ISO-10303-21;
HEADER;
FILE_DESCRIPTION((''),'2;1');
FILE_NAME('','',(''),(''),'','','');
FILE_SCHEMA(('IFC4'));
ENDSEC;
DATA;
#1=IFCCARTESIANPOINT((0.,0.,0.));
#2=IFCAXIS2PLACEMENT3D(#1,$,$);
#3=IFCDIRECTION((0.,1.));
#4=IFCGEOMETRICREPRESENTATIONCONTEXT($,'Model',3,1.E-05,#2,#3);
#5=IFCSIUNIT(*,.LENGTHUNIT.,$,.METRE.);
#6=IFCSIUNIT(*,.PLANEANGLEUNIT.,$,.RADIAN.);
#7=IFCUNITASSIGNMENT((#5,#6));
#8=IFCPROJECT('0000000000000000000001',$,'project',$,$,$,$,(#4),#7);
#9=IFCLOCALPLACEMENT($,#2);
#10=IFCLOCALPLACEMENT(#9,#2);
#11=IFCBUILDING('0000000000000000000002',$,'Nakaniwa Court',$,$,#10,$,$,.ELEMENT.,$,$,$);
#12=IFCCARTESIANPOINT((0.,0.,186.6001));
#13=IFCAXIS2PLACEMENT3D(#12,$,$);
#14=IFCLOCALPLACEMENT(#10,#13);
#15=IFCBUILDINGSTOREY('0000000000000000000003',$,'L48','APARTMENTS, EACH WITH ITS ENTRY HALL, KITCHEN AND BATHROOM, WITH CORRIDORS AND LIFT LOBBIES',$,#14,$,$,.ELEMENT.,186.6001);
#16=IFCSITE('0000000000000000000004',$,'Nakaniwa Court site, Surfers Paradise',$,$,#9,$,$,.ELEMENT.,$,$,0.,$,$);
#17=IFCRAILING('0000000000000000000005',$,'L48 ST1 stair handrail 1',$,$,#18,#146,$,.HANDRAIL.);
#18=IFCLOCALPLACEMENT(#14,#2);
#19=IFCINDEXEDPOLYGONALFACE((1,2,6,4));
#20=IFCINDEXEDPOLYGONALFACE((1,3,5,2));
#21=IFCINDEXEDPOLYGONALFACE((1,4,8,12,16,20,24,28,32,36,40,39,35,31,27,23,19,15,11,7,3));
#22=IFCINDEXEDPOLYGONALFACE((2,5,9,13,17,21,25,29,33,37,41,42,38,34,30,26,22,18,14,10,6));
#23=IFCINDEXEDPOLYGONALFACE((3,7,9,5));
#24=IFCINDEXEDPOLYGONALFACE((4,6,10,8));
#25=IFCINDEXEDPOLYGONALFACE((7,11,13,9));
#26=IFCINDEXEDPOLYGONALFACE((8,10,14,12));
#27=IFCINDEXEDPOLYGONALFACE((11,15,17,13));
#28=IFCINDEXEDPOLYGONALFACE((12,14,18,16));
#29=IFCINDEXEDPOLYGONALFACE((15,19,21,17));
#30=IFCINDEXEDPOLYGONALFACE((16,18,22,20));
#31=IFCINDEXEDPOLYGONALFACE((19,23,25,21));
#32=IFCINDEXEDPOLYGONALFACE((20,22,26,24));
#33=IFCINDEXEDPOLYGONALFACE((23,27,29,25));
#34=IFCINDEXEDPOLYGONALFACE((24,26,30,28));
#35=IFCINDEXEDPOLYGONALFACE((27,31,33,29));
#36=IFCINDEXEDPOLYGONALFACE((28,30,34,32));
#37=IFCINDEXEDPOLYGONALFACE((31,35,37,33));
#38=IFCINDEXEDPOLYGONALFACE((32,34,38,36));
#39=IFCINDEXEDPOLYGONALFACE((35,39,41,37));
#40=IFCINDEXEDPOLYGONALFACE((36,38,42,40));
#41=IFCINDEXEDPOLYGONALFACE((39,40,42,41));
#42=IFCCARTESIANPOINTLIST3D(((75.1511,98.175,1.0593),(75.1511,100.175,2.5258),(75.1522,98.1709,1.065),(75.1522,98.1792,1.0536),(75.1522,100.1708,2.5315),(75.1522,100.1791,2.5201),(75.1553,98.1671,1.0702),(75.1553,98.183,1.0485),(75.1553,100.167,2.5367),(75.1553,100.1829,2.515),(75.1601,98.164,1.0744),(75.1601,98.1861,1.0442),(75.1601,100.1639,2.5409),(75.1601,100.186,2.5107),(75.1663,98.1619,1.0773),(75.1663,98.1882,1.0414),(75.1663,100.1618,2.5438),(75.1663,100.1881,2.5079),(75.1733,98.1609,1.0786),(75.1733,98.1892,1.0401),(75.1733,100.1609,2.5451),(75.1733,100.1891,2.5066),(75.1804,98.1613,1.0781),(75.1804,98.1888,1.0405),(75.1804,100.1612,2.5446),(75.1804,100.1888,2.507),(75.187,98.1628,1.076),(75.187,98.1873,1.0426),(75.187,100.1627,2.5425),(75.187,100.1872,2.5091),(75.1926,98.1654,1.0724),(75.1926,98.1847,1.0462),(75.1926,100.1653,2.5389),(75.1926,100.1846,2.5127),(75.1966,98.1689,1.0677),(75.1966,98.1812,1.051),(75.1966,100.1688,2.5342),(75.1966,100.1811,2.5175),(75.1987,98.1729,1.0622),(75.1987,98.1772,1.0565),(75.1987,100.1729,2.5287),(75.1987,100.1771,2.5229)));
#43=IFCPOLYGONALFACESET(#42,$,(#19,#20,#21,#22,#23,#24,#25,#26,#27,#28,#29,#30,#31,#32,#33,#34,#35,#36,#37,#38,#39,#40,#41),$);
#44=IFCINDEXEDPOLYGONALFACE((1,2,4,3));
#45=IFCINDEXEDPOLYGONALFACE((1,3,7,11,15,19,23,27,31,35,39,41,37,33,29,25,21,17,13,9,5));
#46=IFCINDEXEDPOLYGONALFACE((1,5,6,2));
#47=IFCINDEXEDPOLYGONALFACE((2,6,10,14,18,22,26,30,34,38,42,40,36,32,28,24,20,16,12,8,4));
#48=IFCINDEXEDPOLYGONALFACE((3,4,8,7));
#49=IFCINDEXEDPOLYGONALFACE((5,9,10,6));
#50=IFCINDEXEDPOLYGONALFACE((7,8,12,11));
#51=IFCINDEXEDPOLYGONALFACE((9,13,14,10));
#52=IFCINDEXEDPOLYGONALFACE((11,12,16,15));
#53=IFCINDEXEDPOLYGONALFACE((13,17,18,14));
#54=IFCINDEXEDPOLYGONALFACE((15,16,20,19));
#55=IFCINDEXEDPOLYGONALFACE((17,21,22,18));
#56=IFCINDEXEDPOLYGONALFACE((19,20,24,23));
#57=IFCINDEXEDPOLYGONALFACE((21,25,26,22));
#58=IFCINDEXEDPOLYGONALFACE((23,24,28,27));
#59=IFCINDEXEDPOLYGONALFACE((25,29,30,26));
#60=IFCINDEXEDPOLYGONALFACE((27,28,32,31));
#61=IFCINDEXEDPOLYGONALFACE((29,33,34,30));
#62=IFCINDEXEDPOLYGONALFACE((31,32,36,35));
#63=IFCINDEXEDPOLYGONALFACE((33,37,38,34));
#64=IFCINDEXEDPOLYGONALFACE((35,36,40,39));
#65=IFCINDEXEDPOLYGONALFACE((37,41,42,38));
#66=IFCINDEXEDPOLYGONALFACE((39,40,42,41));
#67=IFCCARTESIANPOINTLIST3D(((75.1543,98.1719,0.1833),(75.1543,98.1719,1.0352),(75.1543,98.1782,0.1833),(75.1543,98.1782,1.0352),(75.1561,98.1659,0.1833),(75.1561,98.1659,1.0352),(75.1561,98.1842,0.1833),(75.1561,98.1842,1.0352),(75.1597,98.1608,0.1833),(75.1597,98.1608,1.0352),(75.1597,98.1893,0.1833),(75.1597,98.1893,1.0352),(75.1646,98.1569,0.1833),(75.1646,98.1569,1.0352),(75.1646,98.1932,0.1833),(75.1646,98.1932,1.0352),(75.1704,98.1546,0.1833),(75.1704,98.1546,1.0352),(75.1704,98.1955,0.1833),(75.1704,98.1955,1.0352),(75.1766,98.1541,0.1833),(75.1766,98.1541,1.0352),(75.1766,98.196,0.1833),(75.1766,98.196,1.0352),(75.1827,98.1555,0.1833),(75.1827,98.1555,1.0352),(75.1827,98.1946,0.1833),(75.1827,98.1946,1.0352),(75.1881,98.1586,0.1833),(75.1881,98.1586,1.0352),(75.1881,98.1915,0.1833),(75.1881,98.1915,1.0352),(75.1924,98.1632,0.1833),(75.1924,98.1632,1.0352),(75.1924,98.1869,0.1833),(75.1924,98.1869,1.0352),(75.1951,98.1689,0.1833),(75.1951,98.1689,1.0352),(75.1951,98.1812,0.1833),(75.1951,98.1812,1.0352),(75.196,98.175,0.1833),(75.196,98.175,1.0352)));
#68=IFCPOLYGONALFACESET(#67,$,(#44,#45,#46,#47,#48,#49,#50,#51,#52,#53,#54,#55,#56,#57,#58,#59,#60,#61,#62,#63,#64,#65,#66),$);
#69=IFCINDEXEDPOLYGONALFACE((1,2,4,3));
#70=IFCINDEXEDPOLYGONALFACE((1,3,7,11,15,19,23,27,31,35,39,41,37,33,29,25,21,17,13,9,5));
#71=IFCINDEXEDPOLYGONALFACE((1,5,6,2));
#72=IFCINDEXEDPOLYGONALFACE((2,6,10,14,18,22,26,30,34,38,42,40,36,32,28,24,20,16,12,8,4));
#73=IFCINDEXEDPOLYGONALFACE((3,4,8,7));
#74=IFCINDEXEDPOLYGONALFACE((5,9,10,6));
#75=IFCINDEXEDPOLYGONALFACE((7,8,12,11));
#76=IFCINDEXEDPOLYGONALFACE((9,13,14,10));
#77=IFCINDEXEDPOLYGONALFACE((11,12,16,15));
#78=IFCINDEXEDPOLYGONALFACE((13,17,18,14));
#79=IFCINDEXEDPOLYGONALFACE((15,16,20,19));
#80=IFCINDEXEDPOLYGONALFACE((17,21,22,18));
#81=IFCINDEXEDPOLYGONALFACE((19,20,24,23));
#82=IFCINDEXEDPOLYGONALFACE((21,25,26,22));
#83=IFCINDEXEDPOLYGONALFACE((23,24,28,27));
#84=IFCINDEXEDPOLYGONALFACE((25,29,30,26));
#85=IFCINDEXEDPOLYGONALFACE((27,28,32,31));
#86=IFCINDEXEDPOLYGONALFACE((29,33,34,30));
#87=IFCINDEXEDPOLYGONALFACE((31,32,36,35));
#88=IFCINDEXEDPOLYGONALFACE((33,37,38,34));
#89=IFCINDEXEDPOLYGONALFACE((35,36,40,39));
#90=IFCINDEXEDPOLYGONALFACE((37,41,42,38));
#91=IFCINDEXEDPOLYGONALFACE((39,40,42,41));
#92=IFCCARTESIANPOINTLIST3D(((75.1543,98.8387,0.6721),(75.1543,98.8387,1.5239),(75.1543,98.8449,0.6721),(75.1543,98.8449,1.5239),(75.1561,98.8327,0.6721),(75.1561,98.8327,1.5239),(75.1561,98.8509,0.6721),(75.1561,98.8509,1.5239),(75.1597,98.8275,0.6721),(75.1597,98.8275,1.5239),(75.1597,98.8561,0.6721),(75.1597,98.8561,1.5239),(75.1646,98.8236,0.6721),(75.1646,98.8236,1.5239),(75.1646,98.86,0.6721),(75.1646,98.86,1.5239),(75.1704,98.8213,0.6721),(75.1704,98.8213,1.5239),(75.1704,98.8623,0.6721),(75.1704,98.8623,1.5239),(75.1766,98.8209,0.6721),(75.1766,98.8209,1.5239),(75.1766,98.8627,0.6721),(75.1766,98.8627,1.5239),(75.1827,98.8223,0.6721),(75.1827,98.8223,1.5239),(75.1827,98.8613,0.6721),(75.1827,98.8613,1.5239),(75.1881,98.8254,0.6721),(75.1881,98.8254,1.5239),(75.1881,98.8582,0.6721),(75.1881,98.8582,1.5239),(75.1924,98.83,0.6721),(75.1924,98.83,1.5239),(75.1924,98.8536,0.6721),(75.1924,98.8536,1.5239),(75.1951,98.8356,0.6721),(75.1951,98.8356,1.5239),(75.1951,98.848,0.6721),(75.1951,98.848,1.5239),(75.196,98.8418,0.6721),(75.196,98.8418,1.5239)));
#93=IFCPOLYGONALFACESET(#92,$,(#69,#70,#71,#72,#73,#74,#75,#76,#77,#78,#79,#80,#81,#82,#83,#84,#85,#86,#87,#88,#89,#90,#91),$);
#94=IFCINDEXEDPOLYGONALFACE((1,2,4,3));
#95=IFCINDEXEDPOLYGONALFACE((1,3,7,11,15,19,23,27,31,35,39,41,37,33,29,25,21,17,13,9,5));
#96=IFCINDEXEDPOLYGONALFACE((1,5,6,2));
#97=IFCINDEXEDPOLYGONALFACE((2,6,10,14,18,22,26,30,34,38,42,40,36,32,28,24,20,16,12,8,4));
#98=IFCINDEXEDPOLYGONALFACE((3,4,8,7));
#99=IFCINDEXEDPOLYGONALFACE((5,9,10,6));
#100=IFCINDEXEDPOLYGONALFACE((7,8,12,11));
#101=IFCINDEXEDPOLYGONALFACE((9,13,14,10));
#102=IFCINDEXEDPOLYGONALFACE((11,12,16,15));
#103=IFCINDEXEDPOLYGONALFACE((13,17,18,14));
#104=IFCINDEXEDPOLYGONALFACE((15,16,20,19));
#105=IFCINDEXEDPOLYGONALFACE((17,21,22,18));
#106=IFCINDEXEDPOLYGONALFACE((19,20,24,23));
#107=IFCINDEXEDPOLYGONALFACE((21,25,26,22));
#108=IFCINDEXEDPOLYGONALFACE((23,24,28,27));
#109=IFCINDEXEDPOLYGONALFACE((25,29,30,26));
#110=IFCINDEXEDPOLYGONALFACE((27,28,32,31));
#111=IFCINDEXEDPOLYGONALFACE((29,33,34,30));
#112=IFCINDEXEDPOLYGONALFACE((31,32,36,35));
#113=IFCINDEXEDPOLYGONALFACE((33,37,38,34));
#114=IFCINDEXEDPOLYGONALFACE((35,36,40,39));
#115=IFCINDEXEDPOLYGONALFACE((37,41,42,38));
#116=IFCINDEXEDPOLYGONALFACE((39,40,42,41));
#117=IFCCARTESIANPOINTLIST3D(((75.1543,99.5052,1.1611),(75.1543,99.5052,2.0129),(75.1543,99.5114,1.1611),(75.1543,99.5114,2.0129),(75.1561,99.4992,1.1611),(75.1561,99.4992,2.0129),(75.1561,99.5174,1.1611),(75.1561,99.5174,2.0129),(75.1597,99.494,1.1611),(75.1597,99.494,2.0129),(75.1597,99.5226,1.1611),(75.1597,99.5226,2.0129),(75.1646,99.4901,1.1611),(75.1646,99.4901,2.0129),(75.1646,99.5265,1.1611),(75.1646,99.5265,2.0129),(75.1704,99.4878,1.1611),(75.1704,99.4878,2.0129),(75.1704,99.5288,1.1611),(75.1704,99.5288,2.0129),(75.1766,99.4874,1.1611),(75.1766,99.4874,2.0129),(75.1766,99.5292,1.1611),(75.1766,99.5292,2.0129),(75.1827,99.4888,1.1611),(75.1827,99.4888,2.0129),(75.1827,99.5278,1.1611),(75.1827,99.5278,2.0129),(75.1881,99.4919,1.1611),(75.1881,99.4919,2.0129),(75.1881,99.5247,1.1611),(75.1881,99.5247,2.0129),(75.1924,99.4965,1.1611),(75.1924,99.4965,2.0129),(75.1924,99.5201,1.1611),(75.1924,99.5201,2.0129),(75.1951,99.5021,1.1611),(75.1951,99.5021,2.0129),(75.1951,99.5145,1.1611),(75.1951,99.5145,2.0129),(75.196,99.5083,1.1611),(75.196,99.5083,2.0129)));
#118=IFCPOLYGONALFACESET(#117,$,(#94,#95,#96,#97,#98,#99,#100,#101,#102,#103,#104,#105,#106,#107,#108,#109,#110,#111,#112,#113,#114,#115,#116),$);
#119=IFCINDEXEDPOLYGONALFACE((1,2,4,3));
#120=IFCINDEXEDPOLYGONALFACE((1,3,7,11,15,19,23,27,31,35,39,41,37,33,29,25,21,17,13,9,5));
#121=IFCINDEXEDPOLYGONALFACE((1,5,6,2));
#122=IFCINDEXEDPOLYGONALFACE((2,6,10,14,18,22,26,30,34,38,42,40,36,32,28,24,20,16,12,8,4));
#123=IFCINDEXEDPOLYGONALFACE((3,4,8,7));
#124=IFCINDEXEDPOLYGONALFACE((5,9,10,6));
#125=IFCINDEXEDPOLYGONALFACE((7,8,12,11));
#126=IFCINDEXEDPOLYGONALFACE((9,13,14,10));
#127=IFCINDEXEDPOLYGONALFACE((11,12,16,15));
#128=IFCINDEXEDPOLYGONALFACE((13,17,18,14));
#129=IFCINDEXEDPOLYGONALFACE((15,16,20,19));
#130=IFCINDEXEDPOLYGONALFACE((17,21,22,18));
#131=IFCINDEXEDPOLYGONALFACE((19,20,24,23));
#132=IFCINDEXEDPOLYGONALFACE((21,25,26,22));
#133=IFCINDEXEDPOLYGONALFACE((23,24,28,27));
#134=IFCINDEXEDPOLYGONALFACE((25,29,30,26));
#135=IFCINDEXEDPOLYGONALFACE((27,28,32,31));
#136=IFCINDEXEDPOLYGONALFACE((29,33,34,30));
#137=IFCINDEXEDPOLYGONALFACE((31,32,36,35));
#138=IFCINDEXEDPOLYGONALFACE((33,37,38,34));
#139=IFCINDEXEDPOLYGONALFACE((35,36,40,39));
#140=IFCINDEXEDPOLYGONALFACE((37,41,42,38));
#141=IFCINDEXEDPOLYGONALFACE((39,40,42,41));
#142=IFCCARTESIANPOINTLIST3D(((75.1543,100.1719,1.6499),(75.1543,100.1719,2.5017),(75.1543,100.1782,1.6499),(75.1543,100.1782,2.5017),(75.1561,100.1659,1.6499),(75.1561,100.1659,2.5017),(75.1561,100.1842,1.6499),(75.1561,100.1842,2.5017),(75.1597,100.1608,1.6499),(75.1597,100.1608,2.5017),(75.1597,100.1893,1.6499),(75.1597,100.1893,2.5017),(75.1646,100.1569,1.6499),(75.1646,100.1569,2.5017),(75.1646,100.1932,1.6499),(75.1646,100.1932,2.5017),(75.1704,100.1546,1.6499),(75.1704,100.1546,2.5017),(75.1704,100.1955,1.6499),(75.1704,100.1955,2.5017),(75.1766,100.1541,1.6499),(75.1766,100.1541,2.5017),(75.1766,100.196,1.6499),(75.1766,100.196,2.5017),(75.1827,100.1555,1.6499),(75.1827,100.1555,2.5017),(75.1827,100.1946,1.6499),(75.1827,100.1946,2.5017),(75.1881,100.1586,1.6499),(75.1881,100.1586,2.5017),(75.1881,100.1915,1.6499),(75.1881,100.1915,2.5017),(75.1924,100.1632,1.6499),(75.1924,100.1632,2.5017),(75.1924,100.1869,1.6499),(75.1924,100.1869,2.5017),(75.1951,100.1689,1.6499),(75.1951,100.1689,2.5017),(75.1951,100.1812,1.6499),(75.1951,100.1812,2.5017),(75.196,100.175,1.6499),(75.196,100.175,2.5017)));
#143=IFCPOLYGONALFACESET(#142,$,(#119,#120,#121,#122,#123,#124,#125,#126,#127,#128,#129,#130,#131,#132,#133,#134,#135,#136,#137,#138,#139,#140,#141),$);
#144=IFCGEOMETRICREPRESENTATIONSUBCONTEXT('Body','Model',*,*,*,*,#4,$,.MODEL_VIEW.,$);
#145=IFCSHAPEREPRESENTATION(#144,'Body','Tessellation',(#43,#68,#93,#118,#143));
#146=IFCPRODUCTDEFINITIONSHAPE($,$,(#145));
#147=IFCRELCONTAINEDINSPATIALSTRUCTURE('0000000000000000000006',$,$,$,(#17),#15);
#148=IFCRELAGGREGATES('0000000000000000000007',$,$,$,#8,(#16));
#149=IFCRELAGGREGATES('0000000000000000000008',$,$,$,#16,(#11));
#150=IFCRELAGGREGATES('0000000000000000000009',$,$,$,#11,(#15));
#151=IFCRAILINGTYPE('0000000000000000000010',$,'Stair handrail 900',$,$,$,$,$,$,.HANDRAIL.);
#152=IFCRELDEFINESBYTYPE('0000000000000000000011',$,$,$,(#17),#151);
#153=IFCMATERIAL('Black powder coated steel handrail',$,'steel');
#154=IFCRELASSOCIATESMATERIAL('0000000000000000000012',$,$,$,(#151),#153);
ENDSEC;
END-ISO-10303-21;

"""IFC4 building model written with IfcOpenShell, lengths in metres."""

from ifc_helpers import new_model, si_unit, direction, frame, origin, origin_2d, place, context, subcontext, project, spatial, circle, extrude, material, type_object, element, save


model = new_model("IFC4")

# Units and contexts
model_context = context("Model", 3, precision=1e-05, world=origin(), true_north=direction((0.0, 1.0)))
body_context = subcontext(model_context, "Body", "Model", "MODEL_VIEW")
ifc_project = project(units=[si_unit("LENGTHUNIT", "METRE"), si_unit("PLANEANGLEUNIT", "RADIAN")], contexts=[model_context])

# Site, building, storey
site_placement = place(None, origin())
site = spatial("IfcSite", under=ifc_project, at=site_placement, Name="Nakaniwa Court site, Surfers Paradise", CompositionType="ELEMENT", RefElevation=0.0)
building_placement = place(site_placement, origin())
building = spatial("IfcBuilding", under=site, at=building_placement, Name="Nakaniwa Court", CompositionType="ELEMENT")
storey_placement = place(building_placement, frame((0.0, 0.0, 186.6001)))
storey = spatial("IfcBuildingStorey", under=building, at=storey_placement, Name="L48", Description="APARTMENTS, EACH WITH ITS ENTRY HALL, KITCHEN AND BATHROOM, WITH CORRIDORS AND LIFT LOBBIES", CompositionType="ELEMENT", Elevation=186.6001)

# Railing
ifc_material_1 = material(Name="Black powder coated steel handrail", Category="steel")
railing_type_1 = type_object("IfcRailingType", Name="Stair handrail 900", PredefinedType="HANDRAIL", material=ifc_material_1)
railing_1_placement = place(storey_placement, frame((75.175, 98.175, 0.1833)))
element("IfcRailing", 1, at=railing_1_placement, inside=storey, type_object=railing_type_1, Name="L48 ST1 stair handrail 1", PredefinedType="HANDRAIL", context=body_context, shape_type="SweptSolid", body=[
    extrude(circle(Radius=0.0239, at=origin_2d()), frame((0.0, 0.0, 0.876), z_axis=(0.0, 0.806427, 0.591334), x_axis=(-1.0, 0.0, 0.0)), (0.0, 0.0, 1.0), 2.48),
    extrude(circle(Radius=0.021, at=origin_2d()), origin(), (0.0, 0.0, 1.0), 0.8518),
    extrude(circle(Radius=0.021, at=origin_2d()), frame((0.0, 0.6667, 0.4888)), (0.0, 0.0, 1.0), 0.8518),
    extrude(circle(Radius=0.021, at=origin_2d()), frame((0.0, 1.3333, 0.9778)), (0.0, 0.0, 1.0), 0.8518),
    extrude(circle(Radius=0.021, at=origin_2d()), frame((0.0, 2.0, 1.4666)), (0.0, 0.0, 1.0), 0.8518),
])

save(model, "model.ifc")
